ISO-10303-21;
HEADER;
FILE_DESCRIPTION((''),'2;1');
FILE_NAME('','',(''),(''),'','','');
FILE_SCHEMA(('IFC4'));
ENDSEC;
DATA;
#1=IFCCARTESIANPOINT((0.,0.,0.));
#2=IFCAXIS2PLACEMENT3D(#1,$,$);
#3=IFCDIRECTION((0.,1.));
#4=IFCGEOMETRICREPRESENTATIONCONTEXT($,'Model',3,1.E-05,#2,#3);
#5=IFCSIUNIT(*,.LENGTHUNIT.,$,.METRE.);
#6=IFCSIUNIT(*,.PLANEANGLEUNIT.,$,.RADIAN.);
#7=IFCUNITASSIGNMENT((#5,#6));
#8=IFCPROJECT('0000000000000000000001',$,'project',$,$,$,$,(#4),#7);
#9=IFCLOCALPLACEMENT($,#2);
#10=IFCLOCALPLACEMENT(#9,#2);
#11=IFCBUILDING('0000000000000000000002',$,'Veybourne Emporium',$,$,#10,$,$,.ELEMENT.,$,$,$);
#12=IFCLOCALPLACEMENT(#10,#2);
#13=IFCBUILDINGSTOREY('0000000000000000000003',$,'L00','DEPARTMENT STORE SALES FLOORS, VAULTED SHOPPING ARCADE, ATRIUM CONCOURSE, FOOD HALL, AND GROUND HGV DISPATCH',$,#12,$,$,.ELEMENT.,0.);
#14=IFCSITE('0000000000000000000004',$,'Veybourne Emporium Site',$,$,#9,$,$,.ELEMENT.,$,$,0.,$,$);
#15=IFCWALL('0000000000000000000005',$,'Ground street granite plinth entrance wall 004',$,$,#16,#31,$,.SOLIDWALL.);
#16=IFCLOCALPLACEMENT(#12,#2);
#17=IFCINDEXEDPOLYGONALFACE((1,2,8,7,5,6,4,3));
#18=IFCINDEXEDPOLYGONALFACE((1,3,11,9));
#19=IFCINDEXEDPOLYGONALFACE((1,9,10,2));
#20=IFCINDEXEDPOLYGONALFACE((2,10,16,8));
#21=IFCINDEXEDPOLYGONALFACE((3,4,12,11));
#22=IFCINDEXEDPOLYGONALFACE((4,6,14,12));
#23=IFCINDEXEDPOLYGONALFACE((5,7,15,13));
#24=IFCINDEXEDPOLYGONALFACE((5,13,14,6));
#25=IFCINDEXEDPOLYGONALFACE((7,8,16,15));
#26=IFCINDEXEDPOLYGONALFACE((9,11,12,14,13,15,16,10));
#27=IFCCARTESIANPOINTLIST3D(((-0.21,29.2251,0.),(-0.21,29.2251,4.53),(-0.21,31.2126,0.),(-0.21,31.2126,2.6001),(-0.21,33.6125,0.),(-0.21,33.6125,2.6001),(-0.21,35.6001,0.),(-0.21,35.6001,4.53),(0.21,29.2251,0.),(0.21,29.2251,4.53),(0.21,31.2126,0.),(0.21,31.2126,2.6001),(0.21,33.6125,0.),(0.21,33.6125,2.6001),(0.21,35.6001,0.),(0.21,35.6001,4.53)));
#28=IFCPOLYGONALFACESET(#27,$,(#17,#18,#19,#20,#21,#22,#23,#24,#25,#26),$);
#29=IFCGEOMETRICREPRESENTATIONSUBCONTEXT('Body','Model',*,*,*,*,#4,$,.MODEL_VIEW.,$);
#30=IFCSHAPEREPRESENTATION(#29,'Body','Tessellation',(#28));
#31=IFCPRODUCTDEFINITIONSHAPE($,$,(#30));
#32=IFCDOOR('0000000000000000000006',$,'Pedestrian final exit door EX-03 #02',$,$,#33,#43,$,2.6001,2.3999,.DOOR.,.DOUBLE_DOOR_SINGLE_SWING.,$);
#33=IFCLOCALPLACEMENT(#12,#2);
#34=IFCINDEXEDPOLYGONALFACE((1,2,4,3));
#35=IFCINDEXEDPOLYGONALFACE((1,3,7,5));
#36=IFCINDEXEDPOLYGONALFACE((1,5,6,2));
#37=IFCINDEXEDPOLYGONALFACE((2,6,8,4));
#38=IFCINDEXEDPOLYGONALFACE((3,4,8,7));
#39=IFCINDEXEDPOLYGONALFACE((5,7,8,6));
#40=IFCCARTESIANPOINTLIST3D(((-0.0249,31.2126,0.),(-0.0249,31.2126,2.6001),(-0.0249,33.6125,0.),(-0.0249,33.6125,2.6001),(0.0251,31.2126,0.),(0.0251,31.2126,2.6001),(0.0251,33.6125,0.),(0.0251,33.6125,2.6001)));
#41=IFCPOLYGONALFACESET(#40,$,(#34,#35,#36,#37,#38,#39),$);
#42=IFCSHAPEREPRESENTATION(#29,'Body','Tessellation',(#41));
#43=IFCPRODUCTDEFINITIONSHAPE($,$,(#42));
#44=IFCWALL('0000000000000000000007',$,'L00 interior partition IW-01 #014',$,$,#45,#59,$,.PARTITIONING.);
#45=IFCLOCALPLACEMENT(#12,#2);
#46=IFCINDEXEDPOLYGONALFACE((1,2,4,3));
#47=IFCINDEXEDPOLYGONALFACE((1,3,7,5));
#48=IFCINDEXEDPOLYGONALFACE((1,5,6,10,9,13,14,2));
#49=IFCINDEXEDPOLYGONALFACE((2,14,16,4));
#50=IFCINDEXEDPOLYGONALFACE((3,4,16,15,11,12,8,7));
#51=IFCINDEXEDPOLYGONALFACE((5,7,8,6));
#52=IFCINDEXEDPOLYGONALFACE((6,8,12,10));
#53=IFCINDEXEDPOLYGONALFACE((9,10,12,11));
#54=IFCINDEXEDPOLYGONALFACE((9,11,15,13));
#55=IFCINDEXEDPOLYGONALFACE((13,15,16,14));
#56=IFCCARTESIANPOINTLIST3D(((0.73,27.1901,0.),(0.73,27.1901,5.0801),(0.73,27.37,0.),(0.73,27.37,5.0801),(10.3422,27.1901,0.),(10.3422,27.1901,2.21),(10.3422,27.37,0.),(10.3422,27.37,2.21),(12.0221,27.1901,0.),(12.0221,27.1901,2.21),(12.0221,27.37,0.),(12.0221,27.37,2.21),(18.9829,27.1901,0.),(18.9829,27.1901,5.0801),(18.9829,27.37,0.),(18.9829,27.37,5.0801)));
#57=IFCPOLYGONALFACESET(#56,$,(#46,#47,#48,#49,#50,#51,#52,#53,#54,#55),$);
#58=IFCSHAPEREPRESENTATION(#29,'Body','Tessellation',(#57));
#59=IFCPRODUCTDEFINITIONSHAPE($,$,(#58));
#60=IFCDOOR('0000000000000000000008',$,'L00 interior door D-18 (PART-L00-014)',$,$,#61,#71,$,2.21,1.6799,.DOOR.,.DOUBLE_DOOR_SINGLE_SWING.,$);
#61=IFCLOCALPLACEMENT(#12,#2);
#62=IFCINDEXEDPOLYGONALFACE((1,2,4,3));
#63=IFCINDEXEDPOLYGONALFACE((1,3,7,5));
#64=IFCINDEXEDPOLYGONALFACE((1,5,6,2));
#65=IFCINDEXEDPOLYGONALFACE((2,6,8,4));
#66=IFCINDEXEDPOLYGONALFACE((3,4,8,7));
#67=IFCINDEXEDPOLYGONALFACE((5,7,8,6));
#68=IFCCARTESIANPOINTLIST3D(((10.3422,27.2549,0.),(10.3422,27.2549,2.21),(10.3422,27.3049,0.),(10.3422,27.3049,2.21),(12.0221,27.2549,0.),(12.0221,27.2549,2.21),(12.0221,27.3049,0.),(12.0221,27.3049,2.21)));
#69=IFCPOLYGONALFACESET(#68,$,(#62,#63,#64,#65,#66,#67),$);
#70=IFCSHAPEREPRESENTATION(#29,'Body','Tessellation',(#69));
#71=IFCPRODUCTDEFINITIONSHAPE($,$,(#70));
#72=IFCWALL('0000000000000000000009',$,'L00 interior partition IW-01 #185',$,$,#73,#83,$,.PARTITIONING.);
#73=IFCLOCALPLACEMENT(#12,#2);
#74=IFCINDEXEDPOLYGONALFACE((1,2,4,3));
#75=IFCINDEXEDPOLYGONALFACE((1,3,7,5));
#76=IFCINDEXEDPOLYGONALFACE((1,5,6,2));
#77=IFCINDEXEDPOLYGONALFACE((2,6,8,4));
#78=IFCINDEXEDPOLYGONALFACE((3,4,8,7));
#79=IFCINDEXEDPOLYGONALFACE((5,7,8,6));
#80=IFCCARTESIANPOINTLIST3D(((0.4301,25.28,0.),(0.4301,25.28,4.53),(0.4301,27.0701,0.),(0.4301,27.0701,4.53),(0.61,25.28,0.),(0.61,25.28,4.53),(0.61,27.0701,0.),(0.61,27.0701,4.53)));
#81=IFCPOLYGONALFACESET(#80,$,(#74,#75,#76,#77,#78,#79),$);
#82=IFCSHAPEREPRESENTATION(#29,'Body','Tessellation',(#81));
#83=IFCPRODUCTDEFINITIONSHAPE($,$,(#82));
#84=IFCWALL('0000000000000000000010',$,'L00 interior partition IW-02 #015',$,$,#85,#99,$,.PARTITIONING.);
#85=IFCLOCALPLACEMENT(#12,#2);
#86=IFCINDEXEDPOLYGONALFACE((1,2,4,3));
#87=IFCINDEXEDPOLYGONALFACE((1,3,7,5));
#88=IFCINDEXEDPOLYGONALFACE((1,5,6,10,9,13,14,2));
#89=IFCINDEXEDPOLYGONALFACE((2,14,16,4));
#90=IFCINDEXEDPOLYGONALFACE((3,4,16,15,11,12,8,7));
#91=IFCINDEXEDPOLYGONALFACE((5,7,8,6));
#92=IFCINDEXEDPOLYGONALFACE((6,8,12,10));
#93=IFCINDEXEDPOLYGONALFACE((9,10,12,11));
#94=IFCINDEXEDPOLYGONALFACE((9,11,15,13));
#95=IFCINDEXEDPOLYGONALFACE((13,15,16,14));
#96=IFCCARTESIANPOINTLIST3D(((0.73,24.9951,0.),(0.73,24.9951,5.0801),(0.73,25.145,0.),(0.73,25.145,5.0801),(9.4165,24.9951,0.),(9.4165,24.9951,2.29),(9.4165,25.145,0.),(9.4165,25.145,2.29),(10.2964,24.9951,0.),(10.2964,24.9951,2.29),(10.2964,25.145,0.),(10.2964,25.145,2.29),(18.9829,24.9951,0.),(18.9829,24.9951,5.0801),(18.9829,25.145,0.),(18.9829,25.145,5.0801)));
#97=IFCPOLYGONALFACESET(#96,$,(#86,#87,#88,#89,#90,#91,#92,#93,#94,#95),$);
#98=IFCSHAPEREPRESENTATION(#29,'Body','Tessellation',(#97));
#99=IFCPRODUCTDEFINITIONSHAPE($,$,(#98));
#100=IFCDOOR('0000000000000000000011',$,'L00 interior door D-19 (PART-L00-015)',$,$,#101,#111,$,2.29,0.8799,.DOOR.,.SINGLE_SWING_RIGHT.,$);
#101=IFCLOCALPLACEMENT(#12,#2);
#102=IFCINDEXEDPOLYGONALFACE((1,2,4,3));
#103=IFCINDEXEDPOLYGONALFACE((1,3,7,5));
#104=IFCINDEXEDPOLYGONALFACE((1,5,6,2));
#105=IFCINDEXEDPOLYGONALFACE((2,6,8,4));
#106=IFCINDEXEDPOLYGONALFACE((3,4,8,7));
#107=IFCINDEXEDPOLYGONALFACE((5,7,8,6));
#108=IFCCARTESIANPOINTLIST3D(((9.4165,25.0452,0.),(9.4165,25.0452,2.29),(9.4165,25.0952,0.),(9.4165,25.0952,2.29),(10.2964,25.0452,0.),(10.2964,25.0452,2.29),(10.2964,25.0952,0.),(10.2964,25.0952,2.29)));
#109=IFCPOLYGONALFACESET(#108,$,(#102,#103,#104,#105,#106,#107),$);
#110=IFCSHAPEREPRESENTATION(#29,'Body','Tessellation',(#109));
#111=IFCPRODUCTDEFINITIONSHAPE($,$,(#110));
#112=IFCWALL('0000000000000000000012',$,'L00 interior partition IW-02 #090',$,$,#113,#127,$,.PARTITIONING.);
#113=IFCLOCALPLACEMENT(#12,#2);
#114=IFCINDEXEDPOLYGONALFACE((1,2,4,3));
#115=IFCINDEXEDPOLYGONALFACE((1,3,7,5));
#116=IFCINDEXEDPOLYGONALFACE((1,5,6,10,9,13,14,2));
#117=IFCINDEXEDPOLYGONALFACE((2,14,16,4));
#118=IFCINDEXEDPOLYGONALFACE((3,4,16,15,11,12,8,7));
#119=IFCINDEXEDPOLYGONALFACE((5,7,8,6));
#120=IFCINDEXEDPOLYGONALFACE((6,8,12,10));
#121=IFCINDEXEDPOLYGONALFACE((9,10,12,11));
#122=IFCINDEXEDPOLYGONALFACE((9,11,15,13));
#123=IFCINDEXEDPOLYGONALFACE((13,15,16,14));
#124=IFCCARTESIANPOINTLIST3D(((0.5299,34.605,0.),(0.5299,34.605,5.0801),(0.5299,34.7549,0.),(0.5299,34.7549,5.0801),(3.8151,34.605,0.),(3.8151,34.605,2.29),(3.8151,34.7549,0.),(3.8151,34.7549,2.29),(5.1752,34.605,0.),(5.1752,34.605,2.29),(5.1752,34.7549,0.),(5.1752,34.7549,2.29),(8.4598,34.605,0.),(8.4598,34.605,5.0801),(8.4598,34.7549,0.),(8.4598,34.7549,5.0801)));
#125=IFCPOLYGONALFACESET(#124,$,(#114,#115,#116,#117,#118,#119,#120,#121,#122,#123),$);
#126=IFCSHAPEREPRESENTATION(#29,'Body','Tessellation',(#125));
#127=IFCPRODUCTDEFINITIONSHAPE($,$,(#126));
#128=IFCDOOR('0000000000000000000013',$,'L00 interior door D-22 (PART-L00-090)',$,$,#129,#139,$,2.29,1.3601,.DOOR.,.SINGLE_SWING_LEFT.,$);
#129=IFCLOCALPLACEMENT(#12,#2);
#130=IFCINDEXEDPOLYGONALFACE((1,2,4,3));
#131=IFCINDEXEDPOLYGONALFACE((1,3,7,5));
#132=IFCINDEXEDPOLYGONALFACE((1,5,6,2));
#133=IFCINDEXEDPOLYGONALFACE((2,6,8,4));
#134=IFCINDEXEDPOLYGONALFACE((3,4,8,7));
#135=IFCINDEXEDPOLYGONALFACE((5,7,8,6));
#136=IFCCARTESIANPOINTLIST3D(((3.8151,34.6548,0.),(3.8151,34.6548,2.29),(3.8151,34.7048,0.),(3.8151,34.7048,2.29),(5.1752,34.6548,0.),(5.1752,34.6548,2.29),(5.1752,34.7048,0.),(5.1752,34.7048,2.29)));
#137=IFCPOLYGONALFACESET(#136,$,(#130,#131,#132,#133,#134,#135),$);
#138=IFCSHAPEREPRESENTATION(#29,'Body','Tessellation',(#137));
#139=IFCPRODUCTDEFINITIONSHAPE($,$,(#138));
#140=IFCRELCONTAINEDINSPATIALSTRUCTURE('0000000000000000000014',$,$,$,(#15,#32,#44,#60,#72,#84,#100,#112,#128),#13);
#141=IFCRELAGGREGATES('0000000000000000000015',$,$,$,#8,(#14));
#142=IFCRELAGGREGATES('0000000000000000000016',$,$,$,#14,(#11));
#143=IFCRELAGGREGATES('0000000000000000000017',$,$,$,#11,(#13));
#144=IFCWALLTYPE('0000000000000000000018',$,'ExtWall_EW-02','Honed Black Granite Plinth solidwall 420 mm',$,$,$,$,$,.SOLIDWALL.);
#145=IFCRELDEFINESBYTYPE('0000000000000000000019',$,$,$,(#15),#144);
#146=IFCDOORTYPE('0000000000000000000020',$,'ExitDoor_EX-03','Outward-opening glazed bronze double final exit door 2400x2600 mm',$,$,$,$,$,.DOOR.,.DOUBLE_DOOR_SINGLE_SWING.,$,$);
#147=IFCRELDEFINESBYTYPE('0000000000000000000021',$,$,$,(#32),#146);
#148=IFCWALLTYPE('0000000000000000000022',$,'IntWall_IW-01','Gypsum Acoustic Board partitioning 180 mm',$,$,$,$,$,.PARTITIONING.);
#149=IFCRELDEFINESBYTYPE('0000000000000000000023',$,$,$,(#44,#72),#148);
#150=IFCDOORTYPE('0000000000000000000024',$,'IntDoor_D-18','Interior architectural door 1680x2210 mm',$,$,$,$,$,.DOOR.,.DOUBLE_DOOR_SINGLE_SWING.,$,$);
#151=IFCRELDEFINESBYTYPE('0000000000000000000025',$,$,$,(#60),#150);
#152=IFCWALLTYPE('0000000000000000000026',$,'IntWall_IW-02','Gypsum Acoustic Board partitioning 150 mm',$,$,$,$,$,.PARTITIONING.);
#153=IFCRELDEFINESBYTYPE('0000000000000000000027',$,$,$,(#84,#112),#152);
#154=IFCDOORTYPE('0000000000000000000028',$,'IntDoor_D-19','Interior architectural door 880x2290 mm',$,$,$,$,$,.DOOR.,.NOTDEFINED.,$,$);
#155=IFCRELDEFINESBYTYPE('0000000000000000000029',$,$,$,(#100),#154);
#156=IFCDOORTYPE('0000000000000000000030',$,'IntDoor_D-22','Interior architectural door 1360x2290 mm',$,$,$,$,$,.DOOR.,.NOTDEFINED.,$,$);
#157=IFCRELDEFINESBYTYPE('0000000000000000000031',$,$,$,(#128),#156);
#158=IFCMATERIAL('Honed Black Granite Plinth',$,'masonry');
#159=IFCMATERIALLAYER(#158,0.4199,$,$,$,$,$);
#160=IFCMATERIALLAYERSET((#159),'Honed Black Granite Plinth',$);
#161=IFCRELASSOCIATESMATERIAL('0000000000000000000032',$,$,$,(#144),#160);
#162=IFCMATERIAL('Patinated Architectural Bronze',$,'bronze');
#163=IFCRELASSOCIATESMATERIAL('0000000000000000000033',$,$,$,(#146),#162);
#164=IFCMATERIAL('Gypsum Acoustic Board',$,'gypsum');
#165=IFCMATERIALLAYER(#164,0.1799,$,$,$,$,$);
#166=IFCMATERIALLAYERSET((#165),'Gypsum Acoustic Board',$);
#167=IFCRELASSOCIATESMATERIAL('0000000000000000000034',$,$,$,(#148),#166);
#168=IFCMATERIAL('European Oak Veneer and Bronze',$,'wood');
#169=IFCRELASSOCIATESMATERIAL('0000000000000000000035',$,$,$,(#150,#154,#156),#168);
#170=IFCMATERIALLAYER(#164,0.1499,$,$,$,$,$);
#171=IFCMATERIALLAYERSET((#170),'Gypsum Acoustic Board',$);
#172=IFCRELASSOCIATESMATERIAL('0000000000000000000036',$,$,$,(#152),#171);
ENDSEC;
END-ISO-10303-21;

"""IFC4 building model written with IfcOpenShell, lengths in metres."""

from ifc_helpers import new_model, si_unit, direction, frame, frame_2d, origin, place, context, subcontext, project, spatial, rectangle, extrude, material, layer, layer_set, type_object, element, fill, save


model = new_model("IFC4")

# Units and contexts
model_context = context("Model", 3, precision=1e-05, world=origin(), true_north=direction((0.0, 1.0)))
body_context = subcontext(model_context, "Body", "Model", "MODEL_VIEW")
ifc_project = project(units=[si_unit("LENGTHUNIT", "METRE"), si_unit("PLANEANGLEUNIT", "RADIAN")], contexts=[model_context])

# Site, building, storey
site_placement = place(None, origin())
site = spatial("IfcSite", under=ifc_project, at=site_placement, Name="Veybourne Emporium Site", CompositionType="ELEMENT", RefElevation=0.0)
building_placement = place(site_placement, origin())
building = spatial("IfcBuilding", under=site, at=building_placement, Name="Veybourne Emporium", CompositionType="ELEMENT")
storey_placement = place(building_placement, origin())
storey = spatial("IfcBuildingStorey", under=building, at=storey_placement, Name="L00", Description="DEPARTMENT STORE SALES FLOORS, VAULTED SHOPPING ARCADE, ATRIUM CONCOURSE, FOOD HALL, AND GROUND HGV DISPATCH", CompositionType="ELEMENT", Elevation=0.0)

# Shared definitions
ifc_material_1 = material(Name="Honed Black Granite Plinth", Category="masonry")
ifc_layer_1 = layer(ifc_material_1, 0.4199)
ifc_layer_set_1 = layer_set([ifc_layer_1], Name="Honed Black Granite Plinth")
wall_type_1 = type_object("IfcWallType", Name="ExtWall_EW-02", Description="Honed Black Granite Plinth solidwall 420 mm", PredefinedType="SOLIDWALL", material=ifc_layer_set_1)

# Walls, openings, doors
wall_1_placement = place(storey_placement, frame((0.0, 29.2251, 0.0), z_axis=(0.0, 0.0, 1.0), x_axis=(0.0, 1.0, 0.0)))
wall_1 = element("IfcWall", 1, at=wall_1_placement, inside=storey, type_object=wall_type_1, Name="Ground street granite plinth entrance wall 004", PredefinedType="SOLIDWALL", context=body_context, shape_type="SweptSolid", body=[
    extrude(rectangle(XDim=6.375, YDim=0.4199, at=frame_2d((3.1875, 0.0))), origin(), (0.0, 0.0, 1.0), 4.53),
])
opening_1_placement = place(wall_1_placement, frame((1.9875, 0.0, 0.0)))
opening_1 = element("IfcOpeningElement", 2, at=opening_1_placement, cuts=wall_1, PredefinedType="OPENING", context=body_context, shape_type="SweptSolid", body=[
    extrude(rectangle(XDim=2.3999, YDim=2.6001, at=frame_2d((1.2, 1.3))), frame((0.0, 0.23, 0.0), z_axis=(0.0, -1.0, 0.0), x_axis=(1.0, 0.0, 0.0)), (0.0, 0.0, 1.0), 0.46),
])
ifc_material_2 = material(Name="Patinated Architectural Bronze", Category="bronze")
door_type_1 = type_object("IfcDoorType", Name="ExitDoor_EX-03", Description="Outward-opening glazed bronze double final exit door 2400x2600 mm", OperationType="DOUBLE_DOOR_SINGLE_SWING", PredefinedType="DOOR", material=ifc_material_2)
door_1_placement = place(opening_1_placement, origin())
door_1 = element("IfcDoor", 3, at=door_1_placement, inside=storey, type_object=door_type_1, Name="Pedestrian final exit door EX-03 #02", OperationType="DOUBLE_DOOR_SINGLE_SWING", OverallHeight=2.6001, OverallWidth=2.3999, PredefinedType="DOOR", context=body_context, shape_type="SweptSolid", body=[
    extrude(rectangle(XDim=2.3999, YDim=2.6001, at=frame_2d((1.2, 1.3))), frame((0.0, 0.0249, 0.0), z_axis=(0.0, -1.0, 0.0), x_axis=(1.0, 0.0, 0.0)), (0.0, 0.0, 1.0), 0.05),
])
fill(opening_1, door_1)
ifc_material_3 = material(Name="Gypsum Acoustic Board", Category="gypsum")
ifc_layer_2 = layer(ifc_material_3, 0.1799)
ifc_layer_set_2 = layer_set([ifc_layer_2], Name="Gypsum Acoustic Board")
wall_type_2 = type_object("IfcWallType", Name="IntWall_IW-01", Description="Gypsum Acoustic Board partitioning 180 mm", PredefinedType="PARTITIONING", material=ifc_layer_set_2)
wall_2_placement = place(storey_placement, frame((0.73, 27.28, 0.0), z_axis=(0.0, 0.0, 1.0), x_axis=(1.0, 0.0, 0.0)))
wall_2 = element("IfcWall", 4, at=wall_2_placement, inside=storey, type_object=wall_type_2, Name="L00 interior partition IW-01 #014", PredefinedType="PARTITIONING", context=body_context, shape_type="SweptSolid", body=[
    extrude(rectangle(XDim=18.2529, YDim=0.1799, at=frame_2d((9.1265, 0.0))), origin(), (0.0, 0.0, 1.0), 5.0801),
])
opening_2_placement = place(wall_2_placement, frame((9.6123, 0.0, 0.0)))
opening_2 = element("IfcOpeningElement", 5, at=opening_2_placement, cuts=wall_2, PredefinedType="OPENING", context=body_context, shape_type="SweptSolid", body=[
    extrude(rectangle(XDim=1.6799, YDim=2.21, at=frame_2d((0.8398, 1.105))), frame((0.0, 0.1099, 0.0), z_axis=(0.0, -1.0, 0.0), x_axis=(1.0, 0.0, 0.0)), (0.0, 0.0, 1.0), 0.22),
])
ifc_material_4 = material(Name="European Oak Veneer and Bronze", Category="wood")
door_type_2 = type_object("IfcDoorType", Name="IntDoor_D-18", Description="Interior architectural door 1680x2210 mm", OperationType="DOUBLE_DOOR_SINGLE_SWING", PredefinedType="DOOR", material=ifc_material_4)
door_2_placement = place(opening_2_placement, origin())
door_2 = element("IfcDoor", 6, at=door_2_placement, inside=storey, type_object=door_type_2, Name="L00 interior door D-18 (PART-L00-014)", OperationType="DOUBLE_DOOR_SINGLE_SWING", OverallHeight=2.21, OverallWidth=1.6799, PredefinedType="DOOR", context=body_context, shape_type="SweptSolid", body=[
    extrude(rectangle(XDim=1.6799, YDim=2.21, at=frame_2d((0.8398, 1.105))), frame((0.0, 0.0249, 0.0), z_axis=(0.0, -1.0, 0.0), x_axis=(1.0, 0.0, 0.0)), (0.0, 0.0, 1.0), 0.05),
])
fill(opening_2, door_2)

# Wall
wall_3_placement = place(storey_placement, frame((0.52, 25.28, 0.0), z_axis=(0.0, 0.0, 1.0), x_axis=(0.0, 1.0, 0.0)))
element("IfcWall", 7, at=wall_3_placement, inside=storey, type_object=wall_type_2, Name="L00 interior partition IW-01 #185", PredefinedType="PARTITIONING", context=body_context, shape_type="SweptSolid", body=[
    extrude(rectangle(XDim=1.79, YDim=0.1799, at=frame_2d((0.895, 0.0))), origin(), (0.0, 0.0, 1.0), 4.53),
])

# Walls, openings, doors
ifc_layer_3 = layer(ifc_material_3, 0.1499)
ifc_layer_set_3 = layer_set([ifc_layer_3], Name="Gypsum Acoustic Board")
wall_type_3 = type_object("IfcWallType", Name="IntWall_IW-02", Description="Gypsum Acoustic Board partitioning 150 mm", PredefinedType="PARTITIONING", material=ifc_layer_set_3)
wall_4_placement = place(storey_placement, frame((0.73, 25.0701, 0.0), z_axis=(0.0, 0.0, 1.0), x_axis=(1.0, 0.0, 0.0)))
wall_4 = element("IfcWall", 8, at=wall_4_placement, inside=storey, type_object=wall_type_3, Name="L00 interior partition IW-02 #015", PredefinedType="PARTITIONING", context=body_context, shape_type="SweptSolid", body=[
    extrude(rectangle(XDim=18.2529, YDim=0.1499, at=frame_2d((9.1265, 0.0))), origin(), (0.0, 0.0, 1.0), 5.0801),
])
opening_3_placement = place(wall_4_placement, frame((8.6865, 0.0, 0.0)))
opening_3 = element("IfcOpeningElement", 9, at=opening_3_placement, cuts=wall_4, PredefinedType="OPENING", context=body_context, shape_type="SweptSolid", body=[
    extrude(rectangle(XDim=0.8799, YDim=2.29, at=frame_2d((0.4399, 1.145))), frame((0.0, 0.095, 0.0), z_axis=(0.0, -1.0, 0.0), x_axis=(1.0, 0.0, 0.0)), (0.0, 0.0, 1.0), 0.1899),
])
door_type_3 = type_object("IfcDoorType", Name="IntDoor_D-19", Description="Interior architectural door 880x2290 mm", OperationType="NOTDEFINED", PredefinedType="DOOR", material=ifc_material_4)
door_3_placement = place(opening_3_placement, frame((0.8799, 0.0, 0.0), z_axis=(0.0, 0.0, 1.0), x_axis=(-1.0, 0.0, 0.0)))
door_3 = element("IfcDoor", 10, at=door_3_placement, inside=storey, type_object=door_type_3, Name="L00 interior door D-19 (PART-L00-015)", OperationType="SINGLE_SWING_RIGHT", OverallHeight=2.29, OverallWidth=0.8799, PredefinedType="DOOR", context=body_context, shape_type="SweptSolid", body=[
    extrude(rectangle(XDim=0.8799, YDim=2.29, at=frame_2d((0.4399, 1.145))), frame((0.0, 0.0249, 0.0), z_axis=(0.0, -1.0, 0.0), x_axis=(1.0, 0.0, 0.0)), (0.0, 0.0, 1.0), 0.05),
])
fill(opening_3, door_3)
wall_5_placement = place(storey_placement, frame((0.53, 34.6799, 0.0), z_axis=(0.0, 0.0, 1.0), x_axis=(1.0, 0.0, 0.0)))
wall_5 = element("IfcWall", 11, at=wall_5_placement, inside=storey, type_object=wall_type_3, Name="L00 interior partition IW-02 #090", PredefinedType="PARTITIONING", context=body_context, shape_type="SweptSolid", body=[
    extrude(rectangle(XDim=7.9299, YDim=0.1499, at=frame_2d((3.9648, 0.0))), origin(), (0.0, 0.0, 1.0), 5.0801),
])
opening_4_placement = place(wall_5_placement, frame((3.2849, 0.0, 0.0)))
opening_4 = element("IfcOpeningElement", 12, at=opening_4_placement, cuts=wall_5, PredefinedType="OPENING", context=body_context, shape_type="SweptSolid", body=[
    extrude(rectangle(XDim=1.3601, YDim=2.29, at=frame_2d((0.6802, 1.145))), frame((0.0, 0.095, 0.0), z_axis=(0.0, -1.0, 0.0), x_axis=(1.0, 0.0, 0.0)), (0.0, 0.0, 1.0), 0.1899),
])
door_type_4 = type_object("IfcDoorType", Name="IntDoor_D-22", Description="Interior architectural door 1360x2290 mm", OperationType="NOTDEFINED", PredefinedType="DOOR", material=ifc_material_4)
door_4_placement = place(opening_4_placement, origin())
door_4 = element("IfcDoor", 13, at=door_4_placement, inside=storey, type_object=door_type_4, Name="L00 interior door D-22 (PART-L00-090)", OperationType="SINGLE_SWING_LEFT", OverallHeight=2.29, OverallWidth=1.3601, PredefinedType="DOOR", context=body_context, shape_type="SweptSolid", body=[
    extrude(rectangle(XDim=1.3601, YDim=2.29, at=frame_2d((0.6802, 1.145))), frame((0.0, 0.0249, 0.0), z_axis=(0.0, -1.0, 0.0), x_axis=(1.0, 0.0, 0.0)), (0.0, 0.0, 1.0), 0.05),
])
fill(opening_4, door_4)

save(model, "model.ifc")
